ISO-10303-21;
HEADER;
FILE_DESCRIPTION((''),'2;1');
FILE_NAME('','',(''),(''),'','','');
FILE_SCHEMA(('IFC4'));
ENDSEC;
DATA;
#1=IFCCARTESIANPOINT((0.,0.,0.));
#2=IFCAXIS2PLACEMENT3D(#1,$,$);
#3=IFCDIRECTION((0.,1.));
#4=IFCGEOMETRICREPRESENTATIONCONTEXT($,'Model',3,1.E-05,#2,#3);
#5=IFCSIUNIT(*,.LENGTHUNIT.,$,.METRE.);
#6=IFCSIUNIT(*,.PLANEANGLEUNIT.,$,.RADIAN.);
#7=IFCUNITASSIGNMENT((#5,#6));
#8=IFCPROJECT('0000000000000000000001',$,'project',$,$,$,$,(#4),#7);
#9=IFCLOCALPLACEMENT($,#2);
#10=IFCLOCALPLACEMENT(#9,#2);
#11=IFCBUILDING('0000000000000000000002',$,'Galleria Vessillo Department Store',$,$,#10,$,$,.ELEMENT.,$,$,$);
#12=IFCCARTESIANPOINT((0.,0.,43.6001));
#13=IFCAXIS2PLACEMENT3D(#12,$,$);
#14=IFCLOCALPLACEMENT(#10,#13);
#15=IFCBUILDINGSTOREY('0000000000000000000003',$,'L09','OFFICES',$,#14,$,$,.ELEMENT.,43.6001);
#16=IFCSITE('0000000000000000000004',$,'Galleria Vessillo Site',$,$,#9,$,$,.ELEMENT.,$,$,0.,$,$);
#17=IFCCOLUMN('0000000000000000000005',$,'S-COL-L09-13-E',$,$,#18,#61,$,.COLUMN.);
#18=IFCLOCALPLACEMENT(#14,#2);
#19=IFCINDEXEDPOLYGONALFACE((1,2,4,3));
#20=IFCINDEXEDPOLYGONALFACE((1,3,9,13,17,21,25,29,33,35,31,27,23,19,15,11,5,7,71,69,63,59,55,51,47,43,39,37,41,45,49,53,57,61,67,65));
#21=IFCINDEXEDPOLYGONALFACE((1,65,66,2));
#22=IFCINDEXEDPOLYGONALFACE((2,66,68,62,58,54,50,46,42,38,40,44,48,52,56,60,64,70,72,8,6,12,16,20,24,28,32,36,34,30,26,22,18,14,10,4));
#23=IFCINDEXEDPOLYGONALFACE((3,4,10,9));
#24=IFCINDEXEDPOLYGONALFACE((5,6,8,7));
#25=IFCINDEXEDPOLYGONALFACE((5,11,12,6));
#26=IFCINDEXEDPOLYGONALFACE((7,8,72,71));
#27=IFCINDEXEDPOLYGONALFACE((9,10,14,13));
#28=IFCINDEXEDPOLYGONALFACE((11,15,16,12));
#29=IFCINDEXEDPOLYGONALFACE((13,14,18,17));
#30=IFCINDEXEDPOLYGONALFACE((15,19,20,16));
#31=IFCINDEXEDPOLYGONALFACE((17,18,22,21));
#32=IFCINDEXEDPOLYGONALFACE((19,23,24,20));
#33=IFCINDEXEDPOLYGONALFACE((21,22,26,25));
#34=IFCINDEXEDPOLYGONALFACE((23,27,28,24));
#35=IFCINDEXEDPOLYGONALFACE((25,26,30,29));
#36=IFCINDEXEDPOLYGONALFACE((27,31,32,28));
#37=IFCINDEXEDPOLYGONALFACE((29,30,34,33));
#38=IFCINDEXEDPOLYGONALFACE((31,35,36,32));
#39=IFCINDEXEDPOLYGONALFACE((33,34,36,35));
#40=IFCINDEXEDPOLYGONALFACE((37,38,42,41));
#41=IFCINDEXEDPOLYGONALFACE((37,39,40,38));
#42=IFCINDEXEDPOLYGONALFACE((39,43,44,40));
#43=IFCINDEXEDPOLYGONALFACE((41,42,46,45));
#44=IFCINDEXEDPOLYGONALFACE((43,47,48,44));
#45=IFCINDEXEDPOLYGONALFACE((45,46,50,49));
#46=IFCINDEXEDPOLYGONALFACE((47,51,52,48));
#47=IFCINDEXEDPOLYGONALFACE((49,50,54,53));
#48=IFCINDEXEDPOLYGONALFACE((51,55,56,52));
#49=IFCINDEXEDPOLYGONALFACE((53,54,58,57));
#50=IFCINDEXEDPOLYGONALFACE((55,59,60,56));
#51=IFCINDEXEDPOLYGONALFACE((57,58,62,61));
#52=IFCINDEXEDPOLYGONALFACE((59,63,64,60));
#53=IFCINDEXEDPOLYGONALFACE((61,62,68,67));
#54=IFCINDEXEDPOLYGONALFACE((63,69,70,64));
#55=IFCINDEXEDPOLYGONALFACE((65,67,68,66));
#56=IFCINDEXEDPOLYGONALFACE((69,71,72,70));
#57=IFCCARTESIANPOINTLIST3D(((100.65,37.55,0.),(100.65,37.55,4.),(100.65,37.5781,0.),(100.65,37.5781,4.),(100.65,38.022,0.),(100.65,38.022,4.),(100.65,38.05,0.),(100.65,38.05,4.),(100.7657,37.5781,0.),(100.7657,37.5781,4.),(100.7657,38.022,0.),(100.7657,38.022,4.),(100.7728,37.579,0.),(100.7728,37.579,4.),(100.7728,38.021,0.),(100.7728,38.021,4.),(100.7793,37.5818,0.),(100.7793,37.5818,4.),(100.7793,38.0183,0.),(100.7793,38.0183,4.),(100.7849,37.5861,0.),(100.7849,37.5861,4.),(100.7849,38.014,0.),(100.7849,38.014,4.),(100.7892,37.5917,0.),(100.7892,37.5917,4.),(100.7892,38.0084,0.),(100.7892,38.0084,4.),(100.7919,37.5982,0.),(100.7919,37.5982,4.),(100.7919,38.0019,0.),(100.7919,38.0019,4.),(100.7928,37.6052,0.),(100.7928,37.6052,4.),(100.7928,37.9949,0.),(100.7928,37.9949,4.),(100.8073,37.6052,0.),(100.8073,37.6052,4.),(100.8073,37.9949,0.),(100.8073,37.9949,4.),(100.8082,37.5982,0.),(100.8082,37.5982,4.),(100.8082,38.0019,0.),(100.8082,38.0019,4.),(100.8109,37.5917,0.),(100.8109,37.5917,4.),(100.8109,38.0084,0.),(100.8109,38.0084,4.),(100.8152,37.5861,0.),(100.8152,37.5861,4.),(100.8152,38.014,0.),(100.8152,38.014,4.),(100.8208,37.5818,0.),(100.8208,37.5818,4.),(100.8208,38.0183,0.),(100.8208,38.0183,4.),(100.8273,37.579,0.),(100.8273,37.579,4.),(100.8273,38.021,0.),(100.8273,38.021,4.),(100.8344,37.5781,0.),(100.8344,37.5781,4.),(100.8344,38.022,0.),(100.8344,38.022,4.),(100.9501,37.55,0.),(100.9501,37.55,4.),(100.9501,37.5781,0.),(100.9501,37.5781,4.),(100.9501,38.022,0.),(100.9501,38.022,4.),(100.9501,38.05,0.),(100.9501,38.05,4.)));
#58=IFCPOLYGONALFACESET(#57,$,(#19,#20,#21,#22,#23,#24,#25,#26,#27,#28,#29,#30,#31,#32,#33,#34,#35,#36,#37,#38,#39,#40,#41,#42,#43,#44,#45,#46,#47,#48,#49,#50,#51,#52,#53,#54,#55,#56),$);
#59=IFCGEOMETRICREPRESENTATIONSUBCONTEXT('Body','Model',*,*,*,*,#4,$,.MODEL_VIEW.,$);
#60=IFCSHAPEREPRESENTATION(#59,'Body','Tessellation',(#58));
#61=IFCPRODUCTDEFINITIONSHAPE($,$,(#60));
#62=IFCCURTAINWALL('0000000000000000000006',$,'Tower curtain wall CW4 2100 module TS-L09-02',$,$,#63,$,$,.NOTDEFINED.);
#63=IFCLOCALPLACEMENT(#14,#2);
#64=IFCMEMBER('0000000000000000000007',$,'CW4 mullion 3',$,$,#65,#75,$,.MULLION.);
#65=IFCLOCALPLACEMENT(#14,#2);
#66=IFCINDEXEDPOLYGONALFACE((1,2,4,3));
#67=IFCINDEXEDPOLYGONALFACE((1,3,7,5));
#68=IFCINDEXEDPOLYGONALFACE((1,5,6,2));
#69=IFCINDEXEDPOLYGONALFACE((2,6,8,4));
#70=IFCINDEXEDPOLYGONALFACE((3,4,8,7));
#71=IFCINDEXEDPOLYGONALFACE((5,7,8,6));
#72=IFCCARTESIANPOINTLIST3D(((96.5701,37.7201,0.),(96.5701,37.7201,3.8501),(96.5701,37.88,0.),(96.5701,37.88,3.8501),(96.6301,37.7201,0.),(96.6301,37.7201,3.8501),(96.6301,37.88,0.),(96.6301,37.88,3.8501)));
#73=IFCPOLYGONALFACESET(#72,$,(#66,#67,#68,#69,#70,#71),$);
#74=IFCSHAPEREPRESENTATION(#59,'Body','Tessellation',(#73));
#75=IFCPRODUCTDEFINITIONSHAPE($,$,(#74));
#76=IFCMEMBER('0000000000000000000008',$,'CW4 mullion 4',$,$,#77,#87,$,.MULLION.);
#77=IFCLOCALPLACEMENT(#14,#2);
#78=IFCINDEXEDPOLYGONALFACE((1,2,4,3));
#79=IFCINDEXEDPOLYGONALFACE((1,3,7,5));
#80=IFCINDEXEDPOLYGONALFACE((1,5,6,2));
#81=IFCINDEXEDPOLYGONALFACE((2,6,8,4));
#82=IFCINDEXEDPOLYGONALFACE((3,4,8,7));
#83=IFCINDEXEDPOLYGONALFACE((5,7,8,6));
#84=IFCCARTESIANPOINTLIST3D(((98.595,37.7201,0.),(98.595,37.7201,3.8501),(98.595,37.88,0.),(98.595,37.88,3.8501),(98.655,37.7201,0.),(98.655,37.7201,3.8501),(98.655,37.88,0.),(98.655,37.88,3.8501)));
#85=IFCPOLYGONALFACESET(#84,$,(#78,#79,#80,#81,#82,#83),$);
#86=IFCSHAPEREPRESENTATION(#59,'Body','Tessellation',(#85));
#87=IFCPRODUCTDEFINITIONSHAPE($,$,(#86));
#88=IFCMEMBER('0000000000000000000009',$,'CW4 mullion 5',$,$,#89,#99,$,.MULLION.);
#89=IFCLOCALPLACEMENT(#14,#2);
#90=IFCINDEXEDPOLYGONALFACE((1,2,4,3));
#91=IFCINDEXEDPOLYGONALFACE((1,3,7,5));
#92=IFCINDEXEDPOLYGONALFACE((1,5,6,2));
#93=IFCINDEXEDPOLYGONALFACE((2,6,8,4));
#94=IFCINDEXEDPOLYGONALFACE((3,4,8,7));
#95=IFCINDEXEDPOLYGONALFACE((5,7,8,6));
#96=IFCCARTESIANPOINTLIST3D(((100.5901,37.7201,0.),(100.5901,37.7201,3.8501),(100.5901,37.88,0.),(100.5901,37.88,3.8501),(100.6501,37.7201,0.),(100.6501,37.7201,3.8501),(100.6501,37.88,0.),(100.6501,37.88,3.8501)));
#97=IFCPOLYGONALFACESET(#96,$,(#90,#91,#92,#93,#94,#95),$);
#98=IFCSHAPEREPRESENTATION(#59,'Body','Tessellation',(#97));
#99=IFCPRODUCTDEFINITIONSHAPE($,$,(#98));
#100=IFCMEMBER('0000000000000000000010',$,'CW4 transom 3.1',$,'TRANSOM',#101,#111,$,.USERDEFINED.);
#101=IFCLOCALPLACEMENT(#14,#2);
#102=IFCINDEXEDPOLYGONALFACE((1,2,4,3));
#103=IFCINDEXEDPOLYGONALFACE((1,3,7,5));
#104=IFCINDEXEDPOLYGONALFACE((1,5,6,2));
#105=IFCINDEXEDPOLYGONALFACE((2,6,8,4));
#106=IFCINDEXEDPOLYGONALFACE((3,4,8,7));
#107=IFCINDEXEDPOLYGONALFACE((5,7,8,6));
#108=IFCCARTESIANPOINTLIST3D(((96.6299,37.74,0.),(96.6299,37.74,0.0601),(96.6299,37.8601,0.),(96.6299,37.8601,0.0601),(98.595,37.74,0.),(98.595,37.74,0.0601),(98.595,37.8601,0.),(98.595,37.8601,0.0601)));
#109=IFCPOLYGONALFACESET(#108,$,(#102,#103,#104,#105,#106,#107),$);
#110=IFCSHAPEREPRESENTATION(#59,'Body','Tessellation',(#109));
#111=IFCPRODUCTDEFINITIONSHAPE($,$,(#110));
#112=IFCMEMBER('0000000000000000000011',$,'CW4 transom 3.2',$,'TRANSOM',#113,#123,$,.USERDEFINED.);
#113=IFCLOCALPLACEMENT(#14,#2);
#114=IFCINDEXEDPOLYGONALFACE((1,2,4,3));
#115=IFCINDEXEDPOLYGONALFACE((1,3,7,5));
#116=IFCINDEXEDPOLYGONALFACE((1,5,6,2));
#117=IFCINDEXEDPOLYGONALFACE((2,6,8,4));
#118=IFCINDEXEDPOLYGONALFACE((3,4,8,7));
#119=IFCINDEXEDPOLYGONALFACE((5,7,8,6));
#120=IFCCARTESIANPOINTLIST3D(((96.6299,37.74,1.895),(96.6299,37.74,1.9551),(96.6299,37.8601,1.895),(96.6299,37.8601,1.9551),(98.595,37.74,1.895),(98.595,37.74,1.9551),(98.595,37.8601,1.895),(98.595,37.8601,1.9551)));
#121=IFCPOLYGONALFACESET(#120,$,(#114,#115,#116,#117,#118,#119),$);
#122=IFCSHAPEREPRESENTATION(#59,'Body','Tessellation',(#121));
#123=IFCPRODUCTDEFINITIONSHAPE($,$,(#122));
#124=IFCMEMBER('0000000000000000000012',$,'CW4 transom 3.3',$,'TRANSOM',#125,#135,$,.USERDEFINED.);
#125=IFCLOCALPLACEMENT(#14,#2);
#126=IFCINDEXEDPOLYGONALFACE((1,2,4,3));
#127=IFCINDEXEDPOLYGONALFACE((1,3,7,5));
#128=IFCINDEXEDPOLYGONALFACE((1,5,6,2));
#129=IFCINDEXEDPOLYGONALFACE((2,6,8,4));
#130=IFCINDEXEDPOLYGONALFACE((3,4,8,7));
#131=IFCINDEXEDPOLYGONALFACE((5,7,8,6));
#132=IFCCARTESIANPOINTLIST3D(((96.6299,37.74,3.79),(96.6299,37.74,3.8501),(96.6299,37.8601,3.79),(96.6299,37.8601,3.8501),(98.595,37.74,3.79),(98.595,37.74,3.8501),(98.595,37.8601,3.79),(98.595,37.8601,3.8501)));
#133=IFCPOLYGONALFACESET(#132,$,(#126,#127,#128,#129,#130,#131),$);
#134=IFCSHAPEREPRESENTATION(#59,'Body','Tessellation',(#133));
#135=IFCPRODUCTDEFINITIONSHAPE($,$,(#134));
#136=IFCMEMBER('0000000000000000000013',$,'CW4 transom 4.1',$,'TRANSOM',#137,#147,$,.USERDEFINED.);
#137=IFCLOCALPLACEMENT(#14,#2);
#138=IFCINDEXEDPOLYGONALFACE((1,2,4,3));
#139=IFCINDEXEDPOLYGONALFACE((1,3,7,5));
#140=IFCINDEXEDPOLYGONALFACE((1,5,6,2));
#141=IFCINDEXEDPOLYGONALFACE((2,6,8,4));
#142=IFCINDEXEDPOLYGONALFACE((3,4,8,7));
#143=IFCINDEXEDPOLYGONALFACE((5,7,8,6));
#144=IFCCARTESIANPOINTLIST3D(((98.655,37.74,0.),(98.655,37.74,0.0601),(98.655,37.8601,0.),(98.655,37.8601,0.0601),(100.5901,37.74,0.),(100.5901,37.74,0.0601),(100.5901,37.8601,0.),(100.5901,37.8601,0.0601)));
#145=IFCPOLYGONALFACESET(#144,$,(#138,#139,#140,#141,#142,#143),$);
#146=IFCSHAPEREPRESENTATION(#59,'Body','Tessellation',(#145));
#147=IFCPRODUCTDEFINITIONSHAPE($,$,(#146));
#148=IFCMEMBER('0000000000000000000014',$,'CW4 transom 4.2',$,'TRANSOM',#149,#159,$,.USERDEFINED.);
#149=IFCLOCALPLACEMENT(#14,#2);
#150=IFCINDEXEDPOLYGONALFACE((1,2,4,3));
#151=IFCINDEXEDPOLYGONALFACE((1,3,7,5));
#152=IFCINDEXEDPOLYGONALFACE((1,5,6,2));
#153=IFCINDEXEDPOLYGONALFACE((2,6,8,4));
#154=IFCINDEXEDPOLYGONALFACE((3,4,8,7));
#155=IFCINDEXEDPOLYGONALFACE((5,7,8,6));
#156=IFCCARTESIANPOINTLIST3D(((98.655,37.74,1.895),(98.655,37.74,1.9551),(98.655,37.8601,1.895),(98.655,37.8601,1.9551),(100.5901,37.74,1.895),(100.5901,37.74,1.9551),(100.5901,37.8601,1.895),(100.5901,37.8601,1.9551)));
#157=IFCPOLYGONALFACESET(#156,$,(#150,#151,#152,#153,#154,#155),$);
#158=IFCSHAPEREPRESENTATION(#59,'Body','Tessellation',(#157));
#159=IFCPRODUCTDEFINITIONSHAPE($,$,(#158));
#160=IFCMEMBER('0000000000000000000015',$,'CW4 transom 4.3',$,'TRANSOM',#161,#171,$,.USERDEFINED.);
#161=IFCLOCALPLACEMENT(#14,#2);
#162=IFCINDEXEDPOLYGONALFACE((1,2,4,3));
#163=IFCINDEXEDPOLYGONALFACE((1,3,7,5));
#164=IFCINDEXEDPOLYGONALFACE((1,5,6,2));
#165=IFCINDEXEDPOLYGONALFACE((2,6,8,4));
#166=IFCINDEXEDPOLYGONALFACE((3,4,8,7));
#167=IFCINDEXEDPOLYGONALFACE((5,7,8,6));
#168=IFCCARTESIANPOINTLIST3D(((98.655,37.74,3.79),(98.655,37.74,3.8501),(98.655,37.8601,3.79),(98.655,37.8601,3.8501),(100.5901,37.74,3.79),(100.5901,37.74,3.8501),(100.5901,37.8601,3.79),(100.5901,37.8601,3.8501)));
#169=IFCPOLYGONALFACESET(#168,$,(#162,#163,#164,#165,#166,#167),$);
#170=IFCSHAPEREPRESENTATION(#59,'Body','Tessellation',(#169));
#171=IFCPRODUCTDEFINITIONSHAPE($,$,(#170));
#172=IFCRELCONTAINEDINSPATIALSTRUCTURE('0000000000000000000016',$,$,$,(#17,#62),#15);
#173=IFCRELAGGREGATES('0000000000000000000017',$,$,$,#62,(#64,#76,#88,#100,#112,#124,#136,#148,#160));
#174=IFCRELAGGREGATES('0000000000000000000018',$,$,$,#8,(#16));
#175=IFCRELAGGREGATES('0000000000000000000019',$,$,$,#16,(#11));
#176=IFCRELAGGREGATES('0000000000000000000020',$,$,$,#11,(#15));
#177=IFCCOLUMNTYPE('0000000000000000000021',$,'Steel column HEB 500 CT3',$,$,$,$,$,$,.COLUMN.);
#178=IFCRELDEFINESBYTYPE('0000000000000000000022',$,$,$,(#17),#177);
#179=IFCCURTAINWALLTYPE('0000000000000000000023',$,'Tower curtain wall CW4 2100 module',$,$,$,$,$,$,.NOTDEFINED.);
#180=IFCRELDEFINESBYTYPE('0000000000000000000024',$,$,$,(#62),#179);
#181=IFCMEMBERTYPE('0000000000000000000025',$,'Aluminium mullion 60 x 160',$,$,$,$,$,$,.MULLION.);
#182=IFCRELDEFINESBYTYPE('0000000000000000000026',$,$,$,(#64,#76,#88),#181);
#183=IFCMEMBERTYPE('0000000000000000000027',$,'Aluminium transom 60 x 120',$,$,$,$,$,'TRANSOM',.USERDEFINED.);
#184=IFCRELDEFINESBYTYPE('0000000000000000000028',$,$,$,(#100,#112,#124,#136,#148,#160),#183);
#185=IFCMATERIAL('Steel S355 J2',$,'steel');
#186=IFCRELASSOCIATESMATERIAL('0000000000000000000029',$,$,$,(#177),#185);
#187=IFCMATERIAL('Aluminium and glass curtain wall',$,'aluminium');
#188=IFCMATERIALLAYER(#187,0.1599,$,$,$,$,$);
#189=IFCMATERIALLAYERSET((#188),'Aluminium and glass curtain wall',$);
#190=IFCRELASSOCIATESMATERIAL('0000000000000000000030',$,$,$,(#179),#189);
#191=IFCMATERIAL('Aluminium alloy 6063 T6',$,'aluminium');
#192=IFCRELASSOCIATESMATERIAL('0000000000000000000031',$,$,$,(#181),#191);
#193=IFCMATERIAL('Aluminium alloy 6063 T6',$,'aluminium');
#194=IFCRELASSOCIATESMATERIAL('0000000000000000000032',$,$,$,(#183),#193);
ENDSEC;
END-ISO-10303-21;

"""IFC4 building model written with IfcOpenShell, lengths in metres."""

from ifc_helpers import new_model, si_unit, direction, frame, origin, origin_2d, place, context, subcontext, project, spatial, rectangle, i_section, extrude, material, layer, layer_set, material_profile, profile_set, type_object, element, aggregate, save


model = new_model("IFC4")

# Units and contexts
model_context = context("Model", 3, precision=1e-05, world=origin(), true_north=direction((0.0, 1.0)))
body_context = subcontext(model_context, "Body", "Model", "MODEL_VIEW")
ifc_project = project(units=[si_unit("LENGTHUNIT", "METRE"), si_unit("PLANEANGLEUNIT", "RADIAN")], contexts=[model_context])

# Site, building, storey
site_placement = place(None, origin())
site = spatial("IfcSite", under=ifc_project, at=site_placement, Name="Galleria Vessillo Site", CompositionType="ELEMENT", RefElevation=0.0)
building_placement = place(site_placement, origin())
building = spatial("IfcBuilding", under=site, at=building_placement, Name="Galleria Vessillo Department Store", CompositionType="ELEMENT")
storey_placement = place(building_placement, frame((0.0, 0.0, 43.6001)))
storey = spatial("IfcBuildingStorey", under=building, at=storey_placement, Name="L09", Description="OFFICES", CompositionType="ELEMENT", Elevation=43.6001)

# Column
ifc_material_1 = material(Name="Steel S355 J2", Category="steel")
ifc_material_profile_1 = material_profile(ifc_material_1, i_section(OverallWidth=0.3, OverallDepth=0.5, WebThickness=0.0144, FlangeThickness=0.0281, FilletRadius=0.0271, at=origin_2d()), Name="HEB 500")
ifc_profile_set_1 = profile_set([ifc_material_profile_1], Name="Steel S355 J2")
column_type = type_object("IfcColumnType", Name="Steel column HEB 500 CT3", PredefinedType="COLUMN", material=ifc_profile_set_1)
column_placement = place(storey_placement, frame((100.8, 37.8, 0.0), z_axis=(0.0, 0.0, 1.0), x_axis=(1.0, 0.0, 0.0)))
element("IfcColumn", 1, at=column_placement, inside=storey, type_object=column_type, Name="S-COL-L09-13-E", PredefinedType="COLUMN", context=body_context, shape_type="SweptSolid", body=[
    extrude(i_section(OverallWidth=0.3, OverallDepth=0.5, WebThickness=0.0144, FlangeThickness=0.0281, FilletRadius=0.0271, at=origin_2d()), origin(), (0.0, 0.0, 1.0), 4.0),
])

# Curtain wall, members
ifc_material_2 = material(Name="Aluminium and glass curtain wall", Category="aluminium")
ifc_layer_1 = layer(ifc_material_2, 0.1599)
ifc_layer_set_1 = layer_set([ifc_layer_1], Name="Aluminium and glass curtain wall")
curtain_wall_type = type_object("IfcCurtainWallType", Name="Tower curtain wall CW4 2100 module", PredefinedType="NOTDEFINED", material=ifc_layer_set_1)
curtain_wall_placement = place(storey_placement, origin())
curtain_wall = element("IfcCurtainWall", 2, at=curtain_wall_placement, inside=storey, type_object=curtain_wall_type, Name="Tower curtain wall CW4 2100 module TS-L09-02", PredefinedType="NOTDEFINED")
ifc_material_3 = material(Name="Aluminium alloy 6063 T6", Category="aluminium")
ifc_material_profile_2 = material_profile(ifc_material_3, rectangle(XDim=0.1599, YDim=0.0601, at=origin_2d()), Name="AL 60x160")
ifc_profile_set_2 = profile_set([ifc_material_profile_2], Name="Aluminium alloy 6063 T6")
member_type_1 = type_object("IfcMemberType", Name="Aluminium mullion 60 x 160", PredefinedType="MULLION", material=ifc_profile_set_2)
member_1_placement = place(storey_placement, frame((96.6001, 37.8, 0.0), z_axis=(0.0, 0.0, 1.0), x_axis=(0.0, 1.0, 0.0)))
member_1 = element("IfcMember", 3, at=member_1_placement, type_object=member_type_1, Name="CW4 mullion 3", PredefinedType="MULLION", context=body_context, shape_type="SweptSolid", body=[
    extrude(rectangle(XDim=0.1599, YDim=0.0601, at=origin_2d()), origin(), (0.0, 0.0, 1.0), 3.8501),
])
member_2_placement = place(storey_placement, frame((98.625, 37.8, 0.0), z_axis=(0.0, 0.0, 1.0), x_axis=(0.0, 1.0, 0.0)))
member_2 = element("IfcMember", 4, at=member_2_placement, type_object=member_type_1, Name="CW4 mullion 4", PredefinedType="MULLION", context=body_context, shape_type="SweptSolid", body=[
    extrude(rectangle(XDim=0.1599, YDim=0.0601, at=origin_2d()), origin(), (0.0, 0.0, 1.0), 3.8501),
])
member_3_placement = place(storey_placement, frame((100.6201, 37.8, 0.0), z_axis=(0.0, 0.0, 1.0), x_axis=(0.0, 1.0, 0.0)))
member_3 = element("IfcMember", 5, at=member_3_placement, type_object=member_type_1, Name="CW4 mullion 5", PredefinedType="MULLION", context=body_context, shape_type="SweptSolid", body=[
    extrude(rectangle(XDim=0.1599, YDim=0.0601, at=origin_2d()), origin(), (0.0, 0.0, 1.0), 3.8501),
])
ifc_material_4 = material(Name="Aluminium alloy 6063 T6", Category="aluminium")
ifc_material_profile_3 = material_profile(ifc_material_4, rectangle(XDim=0.1201, YDim=0.0601, at=origin_2d()), Name="AL 60x120")
ifc_profile_set_3 = profile_set([ifc_material_profile_3], Name="Aluminium alloy 6063 T6")
member_type_2 = type_object("IfcMemberType", Name="Aluminium transom 60 x 120", ElementType="TRANSOM", PredefinedType="USERDEFINED", material=ifc_profile_set_3)
member_4_placement = place(storey_placement, frame((96.6299, 37.8, 0.03), z_axis=(1.0, 0.0, 0.0), x_axis=(0.0, 1.0, 0.0)))
member_4 = element("IfcMember", 6, at=member_4_placement, type_object=member_type_2, Name="CW4 transom 3.1", ObjectType="TRANSOM", PredefinedType="USERDEFINED", context=body_context, shape_type="SweptSolid", body=[
    extrude(rectangle(XDim=0.1201, YDim=0.0601, at=origin_2d()), origin(), (0.0, 0.0, 1.0), 1.9651),
])
member_5_placement = place(storey_placement, frame((96.6299, 37.8, 1.925), z_axis=(1.0, 0.0, 0.0), x_axis=(0.0, 1.0, 0.0)))
member_5 = element("IfcMember", 7, at=member_5_placement, type_object=member_type_2, Name="CW4 transom 3.2", ObjectType="TRANSOM", PredefinedType="USERDEFINED", context=body_context, shape_type="SweptSolid", body=[
    extrude(rectangle(XDim=0.1201, YDim=0.0601, at=origin_2d()), origin(), (0.0, 0.0, 1.0), 1.9651),
])
member_6_placement = place(storey_placement, frame((96.6299, 37.8, 3.8201), z_axis=(1.0, 0.0, 0.0), x_axis=(0.0, 1.0, 0.0)))
member_6 = element("IfcMember", 8, at=member_6_placement, type_object=member_type_2, Name="CW4 transom 3.3", ObjectType="TRANSOM", PredefinedType="USERDEFINED", context=body_context, shape_type="SweptSolid", body=[
    extrude(rectangle(XDim=0.1201, YDim=0.0601, at=origin_2d()), origin(), (0.0, 0.0, 1.0), 1.9651),
])
member_7_placement = place(storey_placement, frame((98.655, 37.8, 0.03), z_axis=(1.0, 0.0, 0.0), x_axis=(0.0, 1.0, 0.0)))
member_7 = element("IfcMember", 9, at=member_7_placement, type_object=member_type_2, Name="CW4 transom 4.1", ObjectType="TRANSOM", PredefinedType="USERDEFINED", context=body_context, shape_type="SweptSolid", body=[
    extrude(rectangle(XDim=0.1201, YDim=0.0601, at=origin_2d()), origin(), (0.0, 0.0, 1.0), 1.9351),
])
member_8_placement = place(storey_placement, frame((98.655, 37.8, 1.925), z_axis=(1.0, 0.0, 0.0), x_axis=(0.0, 1.0, 0.0)))
member_8 = element("IfcMember", 10, at=member_8_placement, type_object=member_type_2, Name="CW4 transom 4.2", ObjectType="TRANSOM", PredefinedType="USERDEFINED", context=body_context, shape_type="SweptSolid", body=[
    extrude(rectangle(XDim=0.1201, YDim=0.0601, at=origin_2d()), origin(), (0.0, 0.0, 1.0), 1.9351),
])
member_9_placement = place(storey_placement, frame((98.655, 37.8, 3.8201), z_axis=(1.0, 0.0, 0.0), x_axis=(0.0, 1.0, 0.0)))
member_9 = element("IfcMember", 11, at=member_9_placement, type_object=member_type_2, Name="CW4 transom 4.3", ObjectType="TRANSOM", PredefinedType="USERDEFINED", context=body_context, shape_type="SweptSolid", body=[
    extrude(rectangle(XDim=0.1201, YDim=0.0601, at=origin_2d()), origin(), (0.0, 0.0, 1.0), 1.9351),
])

aggregate(curtain_wall, [member_1, member_2, member_3, member_4, member_5, member_6, member_7, member_8, member_9])

save(model, "model.ifc")
